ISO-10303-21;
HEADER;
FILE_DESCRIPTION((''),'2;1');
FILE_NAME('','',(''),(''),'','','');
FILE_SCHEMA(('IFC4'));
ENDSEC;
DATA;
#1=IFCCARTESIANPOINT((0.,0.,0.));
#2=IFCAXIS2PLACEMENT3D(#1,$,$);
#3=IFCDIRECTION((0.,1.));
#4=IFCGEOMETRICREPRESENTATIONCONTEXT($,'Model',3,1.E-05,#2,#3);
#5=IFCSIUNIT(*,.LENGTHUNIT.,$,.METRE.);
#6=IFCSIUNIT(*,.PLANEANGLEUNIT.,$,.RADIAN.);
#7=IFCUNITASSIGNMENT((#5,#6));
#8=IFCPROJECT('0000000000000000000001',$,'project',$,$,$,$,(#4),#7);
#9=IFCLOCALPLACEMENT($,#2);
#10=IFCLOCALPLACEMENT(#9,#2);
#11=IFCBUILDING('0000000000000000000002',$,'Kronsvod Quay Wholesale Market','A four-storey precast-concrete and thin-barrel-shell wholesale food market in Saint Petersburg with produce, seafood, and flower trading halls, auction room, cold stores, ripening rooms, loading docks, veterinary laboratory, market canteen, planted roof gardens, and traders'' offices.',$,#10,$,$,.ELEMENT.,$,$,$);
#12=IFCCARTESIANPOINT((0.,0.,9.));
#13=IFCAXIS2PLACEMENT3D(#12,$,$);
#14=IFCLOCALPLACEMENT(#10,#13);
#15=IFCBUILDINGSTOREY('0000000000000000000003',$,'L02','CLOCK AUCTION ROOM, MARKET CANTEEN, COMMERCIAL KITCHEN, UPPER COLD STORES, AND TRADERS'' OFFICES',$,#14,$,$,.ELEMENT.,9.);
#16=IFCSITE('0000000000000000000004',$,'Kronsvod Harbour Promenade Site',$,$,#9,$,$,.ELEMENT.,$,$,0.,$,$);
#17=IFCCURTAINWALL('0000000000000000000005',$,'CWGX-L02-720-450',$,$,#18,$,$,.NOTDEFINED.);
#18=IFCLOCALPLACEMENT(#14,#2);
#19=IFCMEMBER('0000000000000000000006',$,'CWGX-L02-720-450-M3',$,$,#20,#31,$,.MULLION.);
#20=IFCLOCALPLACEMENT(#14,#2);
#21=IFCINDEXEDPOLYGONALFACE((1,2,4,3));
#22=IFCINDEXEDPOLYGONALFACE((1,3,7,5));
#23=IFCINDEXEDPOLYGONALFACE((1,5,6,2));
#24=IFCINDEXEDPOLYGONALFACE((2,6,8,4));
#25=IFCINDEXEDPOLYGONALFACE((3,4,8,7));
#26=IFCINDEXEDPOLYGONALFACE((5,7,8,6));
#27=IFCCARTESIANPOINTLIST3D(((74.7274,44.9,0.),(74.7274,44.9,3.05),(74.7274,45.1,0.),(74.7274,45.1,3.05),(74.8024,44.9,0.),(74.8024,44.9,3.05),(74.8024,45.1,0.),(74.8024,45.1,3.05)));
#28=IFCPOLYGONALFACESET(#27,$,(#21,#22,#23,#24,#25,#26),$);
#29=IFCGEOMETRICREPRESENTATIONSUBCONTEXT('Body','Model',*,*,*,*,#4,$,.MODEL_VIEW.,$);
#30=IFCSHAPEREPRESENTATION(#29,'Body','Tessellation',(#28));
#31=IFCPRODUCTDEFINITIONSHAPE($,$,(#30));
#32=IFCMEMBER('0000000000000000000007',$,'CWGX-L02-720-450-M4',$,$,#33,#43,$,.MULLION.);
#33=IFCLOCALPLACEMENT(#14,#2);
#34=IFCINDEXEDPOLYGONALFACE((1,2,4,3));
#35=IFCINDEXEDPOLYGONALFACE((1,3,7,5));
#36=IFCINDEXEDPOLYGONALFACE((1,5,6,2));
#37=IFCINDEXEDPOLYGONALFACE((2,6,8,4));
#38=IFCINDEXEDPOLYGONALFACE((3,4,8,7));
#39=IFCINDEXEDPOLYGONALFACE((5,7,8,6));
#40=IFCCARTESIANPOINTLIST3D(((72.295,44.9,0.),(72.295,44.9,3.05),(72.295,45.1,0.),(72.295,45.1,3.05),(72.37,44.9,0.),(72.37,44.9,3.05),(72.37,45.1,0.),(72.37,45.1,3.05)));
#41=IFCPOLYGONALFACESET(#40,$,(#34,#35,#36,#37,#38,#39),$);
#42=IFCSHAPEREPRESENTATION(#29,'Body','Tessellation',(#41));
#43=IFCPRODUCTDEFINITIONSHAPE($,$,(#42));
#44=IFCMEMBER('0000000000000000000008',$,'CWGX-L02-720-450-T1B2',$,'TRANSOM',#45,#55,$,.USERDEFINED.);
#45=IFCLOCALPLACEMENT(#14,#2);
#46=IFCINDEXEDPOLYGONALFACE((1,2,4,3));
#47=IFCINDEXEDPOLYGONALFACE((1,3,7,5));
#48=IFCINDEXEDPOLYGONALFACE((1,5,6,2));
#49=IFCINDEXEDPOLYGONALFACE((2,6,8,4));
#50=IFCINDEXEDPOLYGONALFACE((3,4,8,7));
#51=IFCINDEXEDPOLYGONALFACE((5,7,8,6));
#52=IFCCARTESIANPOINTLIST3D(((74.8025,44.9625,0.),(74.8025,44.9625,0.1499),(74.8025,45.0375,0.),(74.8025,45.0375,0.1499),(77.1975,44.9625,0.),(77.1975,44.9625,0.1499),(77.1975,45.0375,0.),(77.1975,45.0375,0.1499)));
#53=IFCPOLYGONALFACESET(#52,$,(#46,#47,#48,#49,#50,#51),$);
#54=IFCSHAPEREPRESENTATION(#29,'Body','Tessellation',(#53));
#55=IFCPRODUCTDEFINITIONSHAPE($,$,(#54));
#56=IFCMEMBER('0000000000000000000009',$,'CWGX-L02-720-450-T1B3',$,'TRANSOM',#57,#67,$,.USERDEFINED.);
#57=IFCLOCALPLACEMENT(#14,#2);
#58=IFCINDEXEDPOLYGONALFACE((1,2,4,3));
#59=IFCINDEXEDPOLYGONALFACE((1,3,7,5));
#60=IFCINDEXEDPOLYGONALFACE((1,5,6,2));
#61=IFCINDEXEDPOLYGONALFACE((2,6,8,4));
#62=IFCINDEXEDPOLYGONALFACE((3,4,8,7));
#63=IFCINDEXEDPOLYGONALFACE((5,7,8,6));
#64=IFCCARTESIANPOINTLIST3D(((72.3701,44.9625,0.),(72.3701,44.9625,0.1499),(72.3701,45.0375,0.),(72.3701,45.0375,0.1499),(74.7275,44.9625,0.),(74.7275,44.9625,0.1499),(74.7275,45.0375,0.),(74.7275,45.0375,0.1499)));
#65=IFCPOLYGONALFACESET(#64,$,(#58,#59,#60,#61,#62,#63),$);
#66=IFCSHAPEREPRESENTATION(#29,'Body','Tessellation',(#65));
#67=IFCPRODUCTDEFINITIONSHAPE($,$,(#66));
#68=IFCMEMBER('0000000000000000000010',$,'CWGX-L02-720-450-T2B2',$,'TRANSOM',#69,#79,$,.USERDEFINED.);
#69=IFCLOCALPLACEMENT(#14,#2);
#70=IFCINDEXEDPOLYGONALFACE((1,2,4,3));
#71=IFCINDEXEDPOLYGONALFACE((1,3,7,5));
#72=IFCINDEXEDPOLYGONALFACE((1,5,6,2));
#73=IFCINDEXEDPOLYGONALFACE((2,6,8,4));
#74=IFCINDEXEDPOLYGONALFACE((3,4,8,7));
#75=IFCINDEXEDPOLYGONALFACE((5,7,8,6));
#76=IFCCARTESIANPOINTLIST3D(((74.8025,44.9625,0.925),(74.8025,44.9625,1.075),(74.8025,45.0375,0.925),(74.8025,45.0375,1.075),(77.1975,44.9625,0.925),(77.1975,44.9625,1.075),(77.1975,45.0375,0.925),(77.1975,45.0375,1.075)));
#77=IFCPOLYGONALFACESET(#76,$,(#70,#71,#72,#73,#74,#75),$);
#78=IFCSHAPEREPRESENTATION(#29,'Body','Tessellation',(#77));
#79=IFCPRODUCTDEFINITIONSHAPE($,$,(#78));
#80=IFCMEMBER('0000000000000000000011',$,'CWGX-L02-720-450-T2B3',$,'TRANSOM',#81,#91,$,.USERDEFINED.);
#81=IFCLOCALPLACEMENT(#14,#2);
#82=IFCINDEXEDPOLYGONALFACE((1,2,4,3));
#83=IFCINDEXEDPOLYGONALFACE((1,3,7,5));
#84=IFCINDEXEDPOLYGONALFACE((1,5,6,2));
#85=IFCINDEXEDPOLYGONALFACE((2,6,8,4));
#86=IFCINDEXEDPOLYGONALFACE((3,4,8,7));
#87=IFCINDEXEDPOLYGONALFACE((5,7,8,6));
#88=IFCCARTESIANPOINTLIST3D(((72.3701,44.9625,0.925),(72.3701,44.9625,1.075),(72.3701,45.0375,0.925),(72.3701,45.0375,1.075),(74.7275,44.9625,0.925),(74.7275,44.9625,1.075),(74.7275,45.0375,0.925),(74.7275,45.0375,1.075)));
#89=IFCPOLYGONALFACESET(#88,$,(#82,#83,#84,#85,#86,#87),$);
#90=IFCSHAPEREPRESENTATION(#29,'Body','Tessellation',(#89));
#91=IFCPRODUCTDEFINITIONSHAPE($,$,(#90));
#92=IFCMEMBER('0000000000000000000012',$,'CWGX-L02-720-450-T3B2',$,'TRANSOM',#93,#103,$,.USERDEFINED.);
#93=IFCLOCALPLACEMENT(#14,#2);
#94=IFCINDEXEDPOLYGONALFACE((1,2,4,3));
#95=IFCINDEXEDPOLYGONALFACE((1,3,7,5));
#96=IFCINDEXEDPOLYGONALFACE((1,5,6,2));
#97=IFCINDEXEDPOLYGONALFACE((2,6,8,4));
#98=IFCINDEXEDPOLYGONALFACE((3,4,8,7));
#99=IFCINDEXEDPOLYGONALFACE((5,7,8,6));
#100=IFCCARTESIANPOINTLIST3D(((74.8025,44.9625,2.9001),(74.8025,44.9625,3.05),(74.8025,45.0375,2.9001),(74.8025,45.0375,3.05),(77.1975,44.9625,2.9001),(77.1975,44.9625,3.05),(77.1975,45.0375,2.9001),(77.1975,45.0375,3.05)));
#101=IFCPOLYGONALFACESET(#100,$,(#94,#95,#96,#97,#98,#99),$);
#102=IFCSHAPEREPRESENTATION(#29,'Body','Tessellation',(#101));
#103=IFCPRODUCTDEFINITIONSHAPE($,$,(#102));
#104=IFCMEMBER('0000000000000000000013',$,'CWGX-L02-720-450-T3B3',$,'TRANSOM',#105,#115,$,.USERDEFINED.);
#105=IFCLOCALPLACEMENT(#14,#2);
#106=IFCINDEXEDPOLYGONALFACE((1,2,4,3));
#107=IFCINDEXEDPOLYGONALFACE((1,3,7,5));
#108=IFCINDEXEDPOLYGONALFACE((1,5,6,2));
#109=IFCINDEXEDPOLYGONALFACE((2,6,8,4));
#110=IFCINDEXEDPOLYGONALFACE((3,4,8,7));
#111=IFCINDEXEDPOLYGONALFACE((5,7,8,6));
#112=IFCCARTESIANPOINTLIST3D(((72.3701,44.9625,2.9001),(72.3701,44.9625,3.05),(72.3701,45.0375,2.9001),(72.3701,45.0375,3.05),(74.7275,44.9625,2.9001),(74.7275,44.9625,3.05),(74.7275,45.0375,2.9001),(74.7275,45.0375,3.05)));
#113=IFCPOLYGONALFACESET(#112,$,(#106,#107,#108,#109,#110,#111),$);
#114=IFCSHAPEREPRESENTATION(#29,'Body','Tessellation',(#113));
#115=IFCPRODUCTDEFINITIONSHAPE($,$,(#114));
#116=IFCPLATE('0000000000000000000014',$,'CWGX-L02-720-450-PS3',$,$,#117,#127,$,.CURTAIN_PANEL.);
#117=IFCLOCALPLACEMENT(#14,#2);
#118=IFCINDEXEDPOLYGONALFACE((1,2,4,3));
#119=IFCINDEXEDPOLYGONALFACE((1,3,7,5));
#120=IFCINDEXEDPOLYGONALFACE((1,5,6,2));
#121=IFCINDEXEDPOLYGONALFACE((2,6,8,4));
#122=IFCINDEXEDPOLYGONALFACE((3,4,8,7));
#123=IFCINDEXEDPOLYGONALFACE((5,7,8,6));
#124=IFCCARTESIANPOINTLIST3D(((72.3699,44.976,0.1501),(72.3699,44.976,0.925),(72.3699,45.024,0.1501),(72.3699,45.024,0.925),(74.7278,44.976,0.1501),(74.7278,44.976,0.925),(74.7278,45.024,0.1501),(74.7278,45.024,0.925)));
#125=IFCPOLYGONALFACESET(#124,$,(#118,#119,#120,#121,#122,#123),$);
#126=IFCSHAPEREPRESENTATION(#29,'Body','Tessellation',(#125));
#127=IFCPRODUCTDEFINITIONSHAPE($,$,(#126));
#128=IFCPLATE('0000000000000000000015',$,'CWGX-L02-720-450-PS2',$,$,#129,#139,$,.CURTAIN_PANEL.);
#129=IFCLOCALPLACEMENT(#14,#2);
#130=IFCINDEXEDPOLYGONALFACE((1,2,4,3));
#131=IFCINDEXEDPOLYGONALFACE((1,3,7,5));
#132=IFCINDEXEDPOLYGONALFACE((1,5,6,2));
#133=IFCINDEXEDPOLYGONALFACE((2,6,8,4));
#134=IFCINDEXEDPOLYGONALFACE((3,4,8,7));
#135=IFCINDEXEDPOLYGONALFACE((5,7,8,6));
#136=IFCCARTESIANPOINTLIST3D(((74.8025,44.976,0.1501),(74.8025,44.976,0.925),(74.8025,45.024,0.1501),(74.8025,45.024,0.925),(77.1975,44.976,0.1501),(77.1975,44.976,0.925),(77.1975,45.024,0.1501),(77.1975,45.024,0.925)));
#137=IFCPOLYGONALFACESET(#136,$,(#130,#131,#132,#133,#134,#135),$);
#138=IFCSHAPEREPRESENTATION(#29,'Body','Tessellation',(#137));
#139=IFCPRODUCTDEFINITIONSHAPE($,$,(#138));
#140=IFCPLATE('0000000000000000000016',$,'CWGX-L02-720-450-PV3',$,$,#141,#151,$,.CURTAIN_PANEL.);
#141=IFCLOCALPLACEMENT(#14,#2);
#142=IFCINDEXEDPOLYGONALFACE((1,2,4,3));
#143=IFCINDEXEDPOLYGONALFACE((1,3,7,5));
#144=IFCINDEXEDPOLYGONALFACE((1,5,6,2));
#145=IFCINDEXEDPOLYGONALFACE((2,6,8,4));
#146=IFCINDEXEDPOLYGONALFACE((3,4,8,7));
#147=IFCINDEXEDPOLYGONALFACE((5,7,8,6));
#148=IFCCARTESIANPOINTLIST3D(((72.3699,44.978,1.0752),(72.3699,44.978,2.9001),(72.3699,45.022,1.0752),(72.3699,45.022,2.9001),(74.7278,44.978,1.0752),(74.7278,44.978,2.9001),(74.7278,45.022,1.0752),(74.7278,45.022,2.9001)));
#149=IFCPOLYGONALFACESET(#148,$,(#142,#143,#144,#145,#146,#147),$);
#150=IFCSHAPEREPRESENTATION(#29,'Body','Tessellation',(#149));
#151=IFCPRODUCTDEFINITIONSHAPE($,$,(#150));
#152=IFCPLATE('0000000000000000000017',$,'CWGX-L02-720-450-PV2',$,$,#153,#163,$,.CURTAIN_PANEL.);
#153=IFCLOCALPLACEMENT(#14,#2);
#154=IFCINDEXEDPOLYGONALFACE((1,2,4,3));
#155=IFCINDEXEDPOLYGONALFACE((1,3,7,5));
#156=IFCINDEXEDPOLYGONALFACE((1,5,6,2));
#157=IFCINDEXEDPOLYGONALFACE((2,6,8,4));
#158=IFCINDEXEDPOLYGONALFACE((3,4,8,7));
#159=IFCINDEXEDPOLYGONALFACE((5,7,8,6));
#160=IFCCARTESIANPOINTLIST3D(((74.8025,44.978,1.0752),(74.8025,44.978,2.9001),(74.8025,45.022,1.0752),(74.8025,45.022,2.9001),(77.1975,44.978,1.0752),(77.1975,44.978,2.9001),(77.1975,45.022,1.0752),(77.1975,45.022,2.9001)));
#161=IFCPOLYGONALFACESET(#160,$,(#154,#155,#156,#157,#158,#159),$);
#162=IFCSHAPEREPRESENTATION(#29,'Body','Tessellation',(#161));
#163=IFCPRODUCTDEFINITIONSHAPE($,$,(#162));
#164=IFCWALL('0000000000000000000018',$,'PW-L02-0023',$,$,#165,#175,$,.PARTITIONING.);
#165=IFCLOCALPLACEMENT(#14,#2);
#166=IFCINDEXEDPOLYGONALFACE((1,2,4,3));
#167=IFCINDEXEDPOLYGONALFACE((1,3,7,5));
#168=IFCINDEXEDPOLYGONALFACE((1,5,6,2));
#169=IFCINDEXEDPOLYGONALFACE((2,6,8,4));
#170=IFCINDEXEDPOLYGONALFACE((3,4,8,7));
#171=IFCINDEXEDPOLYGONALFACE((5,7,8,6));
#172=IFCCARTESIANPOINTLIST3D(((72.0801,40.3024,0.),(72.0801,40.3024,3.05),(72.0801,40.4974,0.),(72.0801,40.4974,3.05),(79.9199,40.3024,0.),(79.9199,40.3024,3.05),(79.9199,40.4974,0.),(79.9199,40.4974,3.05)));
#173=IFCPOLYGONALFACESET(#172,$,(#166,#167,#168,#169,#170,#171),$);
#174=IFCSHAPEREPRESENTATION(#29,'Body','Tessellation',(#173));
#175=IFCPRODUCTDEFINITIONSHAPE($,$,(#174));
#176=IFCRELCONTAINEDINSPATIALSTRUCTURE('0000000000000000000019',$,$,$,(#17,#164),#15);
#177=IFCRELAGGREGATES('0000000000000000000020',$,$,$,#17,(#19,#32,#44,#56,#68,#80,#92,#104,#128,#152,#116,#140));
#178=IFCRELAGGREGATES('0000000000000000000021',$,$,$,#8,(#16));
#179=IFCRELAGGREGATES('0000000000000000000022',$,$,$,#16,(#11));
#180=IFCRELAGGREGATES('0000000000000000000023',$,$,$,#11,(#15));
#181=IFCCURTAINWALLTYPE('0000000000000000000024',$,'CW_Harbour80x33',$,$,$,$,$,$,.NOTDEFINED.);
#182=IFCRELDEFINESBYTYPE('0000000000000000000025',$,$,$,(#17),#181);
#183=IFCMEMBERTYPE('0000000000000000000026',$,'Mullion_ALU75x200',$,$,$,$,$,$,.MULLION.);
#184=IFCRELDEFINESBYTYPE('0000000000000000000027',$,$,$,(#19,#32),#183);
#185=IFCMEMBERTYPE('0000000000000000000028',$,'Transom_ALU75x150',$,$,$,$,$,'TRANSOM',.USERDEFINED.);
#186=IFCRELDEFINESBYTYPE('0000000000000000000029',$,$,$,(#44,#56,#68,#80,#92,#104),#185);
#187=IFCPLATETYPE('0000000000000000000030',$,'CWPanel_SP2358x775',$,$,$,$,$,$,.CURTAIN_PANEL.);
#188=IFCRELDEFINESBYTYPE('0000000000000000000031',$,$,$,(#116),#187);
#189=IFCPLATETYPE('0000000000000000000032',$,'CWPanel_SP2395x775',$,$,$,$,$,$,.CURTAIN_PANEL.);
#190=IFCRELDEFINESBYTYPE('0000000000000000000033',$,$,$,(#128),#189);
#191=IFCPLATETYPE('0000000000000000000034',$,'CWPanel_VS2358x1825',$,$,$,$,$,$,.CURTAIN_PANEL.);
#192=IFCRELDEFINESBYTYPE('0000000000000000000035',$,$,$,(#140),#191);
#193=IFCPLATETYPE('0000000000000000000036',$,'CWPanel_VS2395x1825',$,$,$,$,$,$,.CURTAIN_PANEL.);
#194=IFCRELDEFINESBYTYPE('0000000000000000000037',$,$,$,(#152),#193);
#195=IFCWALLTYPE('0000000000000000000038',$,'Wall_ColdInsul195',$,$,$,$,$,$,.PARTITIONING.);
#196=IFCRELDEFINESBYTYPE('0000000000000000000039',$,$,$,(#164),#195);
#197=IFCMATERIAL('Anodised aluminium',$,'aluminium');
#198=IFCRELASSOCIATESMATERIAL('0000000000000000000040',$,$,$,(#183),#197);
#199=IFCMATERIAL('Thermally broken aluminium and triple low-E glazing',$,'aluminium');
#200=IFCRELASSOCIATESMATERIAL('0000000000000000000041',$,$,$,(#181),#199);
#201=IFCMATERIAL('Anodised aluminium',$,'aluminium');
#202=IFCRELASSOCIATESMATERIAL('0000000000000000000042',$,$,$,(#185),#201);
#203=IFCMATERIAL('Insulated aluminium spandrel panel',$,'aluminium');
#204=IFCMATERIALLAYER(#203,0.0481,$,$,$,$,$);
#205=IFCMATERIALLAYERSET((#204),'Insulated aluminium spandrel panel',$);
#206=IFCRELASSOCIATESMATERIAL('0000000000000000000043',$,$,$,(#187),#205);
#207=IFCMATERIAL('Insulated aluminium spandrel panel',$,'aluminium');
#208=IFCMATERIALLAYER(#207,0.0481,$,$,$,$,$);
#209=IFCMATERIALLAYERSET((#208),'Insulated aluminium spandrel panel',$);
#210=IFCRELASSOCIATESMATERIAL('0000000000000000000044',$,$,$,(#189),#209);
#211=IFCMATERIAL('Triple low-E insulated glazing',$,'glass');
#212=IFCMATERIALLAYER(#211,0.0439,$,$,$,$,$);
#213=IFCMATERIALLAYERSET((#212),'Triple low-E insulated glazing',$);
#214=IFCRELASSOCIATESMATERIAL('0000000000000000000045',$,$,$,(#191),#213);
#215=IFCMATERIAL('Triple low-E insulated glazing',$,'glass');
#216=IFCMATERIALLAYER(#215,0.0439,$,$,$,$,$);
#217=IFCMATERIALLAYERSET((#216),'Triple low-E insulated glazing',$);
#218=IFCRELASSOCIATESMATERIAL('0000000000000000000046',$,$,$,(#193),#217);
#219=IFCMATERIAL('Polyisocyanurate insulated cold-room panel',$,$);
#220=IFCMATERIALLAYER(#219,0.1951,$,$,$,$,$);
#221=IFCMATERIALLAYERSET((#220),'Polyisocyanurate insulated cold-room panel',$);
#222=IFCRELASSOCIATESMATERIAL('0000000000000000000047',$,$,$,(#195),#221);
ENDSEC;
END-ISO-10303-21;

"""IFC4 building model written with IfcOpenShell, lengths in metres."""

from ifc_helpers import new_model, si_unit, direction, frame, frame_2d, origin, origin_2d, place, context, subcontext, project, spatial, rectangle, extrude, material, layer, layer_set, material_profile, profile_set, type_object, element, aggregate, save


model = new_model("IFC4")

# Units and contexts
model_context = context("Model", 3, precision=1e-05, world=origin(), true_north=direction((0.0, 1.0)))
body_context = subcontext(model_context, "Body", "Model", "MODEL_VIEW")
ifc_project = project(units=[si_unit("LENGTHUNIT", "METRE"), si_unit("PLANEANGLEUNIT", "RADIAN")], contexts=[model_context])

# Site, building, storey
site_placement = place(None, origin())
site = spatial("IfcSite", under=ifc_project, at=site_placement, Name="Kronsvod Harbour Promenade Site", CompositionType="ELEMENT", RefElevation=0.0)
building_placement = place(site_placement, origin())
building = spatial("IfcBuilding", under=site, at=building_placement, Name="Kronsvod Quay Wholesale Market", Description="A four-storey precast-concrete and thin-barrel-shell wholesale food market in Saint Petersburg with produce, seafood, and flower trading halls, auction room, cold stores, ripening rooms, loading docks, veterinary laboratory, market canteen, planted roof gardens, and traders' offices.", CompositionType="ELEMENT")
storey_placement = place(building_placement, frame((0.0, 0.0, 9.0)))
storey = spatial("IfcBuildingStorey", under=building, at=storey_placement, Name="L02", Description="CLOCK AUCTION ROOM, MARKET CANTEEN, COMMERCIAL KITCHEN, UPPER COLD STORES, AND TRADERS' OFFICES", CompositionType="ELEMENT", Elevation=9.0)

# Shared definitions
ifc_material_1 = material(Name="Anodised aluminium", Category="aluminium")
ifc_material_profile_1 = material_profile(ifc_material_1, rectangle(XDim=0.075, YDim=0.2, at=origin_2d()), Name="ALUM75x200")
ifc_profile_set_1 = profile_set([ifc_material_profile_1], Name="Anodised aluminium")
member_type_1 = type_object("IfcMemberType", Name="Mullion_ALU75x200", PredefinedType="MULLION", material=ifc_profile_set_1)

# Curtain wall, members, plates
ifc_material_2 = material(Name="Thermally broken aluminium and triple low-E glazing", Category="aluminium")
curtain_wall_type_1 = type_object("IfcCurtainWallType", Name="CW_Harbour80x33", PredefinedType="NOTDEFINED", material=ifc_material_2)
curtain_wall_1_placement = place(storey_placement, origin())
curtain_wall_1 = element("IfcCurtainWall", 1, at=curtain_wall_1_placement, inside=storey, type_object=curtain_wall_type_1, Name="CWGX-L02-720-450", PredefinedType="NOTDEFINED")
member_1_placement = place(storey_placement, frame((74.7649, 45.0, 0.0), z_axis=(0.0, 0.0, 1.0), x_axis=(1.0, 0.0, 0.0)))
member_1 = element("IfcMember", 2, at=member_1_placement, type_object=member_type_1, Name="CWGX-L02-720-450-M3", PredefinedType="MULLION", context=body_context, shape_type="SweptSolid", body=[
    extrude(rectangle(XDim=0.075, YDim=0.2, at=origin_2d()), origin(), (0.0, 0.0, 1.0), 3.05),
])
member_2_placement = place(storey_placement, frame((72.3325, 45.0, 0.0), z_axis=(0.0, 0.0, 1.0), x_axis=(1.0, 0.0, 0.0)))
member_2 = element("IfcMember", 3, at=member_2_placement, type_object=member_type_1, Name="CWGX-L02-720-450-M4", PredefinedType="MULLION", context=body_context, shape_type="SweptSolid", body=[
    extrude(rectangle(XDim=0.075, YDim=0.2, at=origin_2d()), origin(), (0.0, 0.0, 1.0), 3.05),
])
ifc_material_3 = material(Name="Anodised aluminium", Category="aluminium")
ifc_material_profile_2 = material_profile(ifc_material_3, rectangle(XDim=0.075, YDim=0.1499, at=origin_2d()), Name="ALUT75x150")
ifc_profile_set_2 = profile_set([ifc_material_profile_2], Name="Anodised aluminium")
member_type_2 = type_object("IfcMemberType", Name="Transom_ALU75x150", ElementType="TRANSOM", PredefinedType="USERDEFINED", material=ifc_profile_set_2)
member_3_placement = place(storey_placement, frame((77.1975, 45.0, 0.075), z_axis=(-1.0, 0.0, 0.0), x_axis=(0.0, -1.0, 0.0)))
member_3 = element("IfcMember", 4, at=member_3_placement, type_object=member_type_2, Name="CWGX-L02-720-450-T1B2", ObjectType="TRANSOM", PredefinedType="USERDEFINED", context=body_context, shape_type="SweptSolid", body=[
    extrude(rectangle(XDim=0.075, YDim=0.1499, at=origin_2d()), origin(), (0.0, 0.0, 1.0), 2.395),
])
member_4_placement = place(storey_placement, frame((74.7275, 45.0, 0.075), z_axis=(-1.0, 0.0, 0.0), x_axis=(0.0, -1.0, 0.0)))
member_4 = element("IfcMember", 5, at=member_4_placement, type_object=member_type_2, Name="CWGX-L02-720-450-T1B3", ObjectType="TRANSOM", PredefinedType="USERDEFINED", context=body_context, shape_type="SweptSolid", body=[
    extrude(rectangle(XDim=0.075, YDim=0.1499, at=origin_2d()), origin(), (0.0, 0.0, 1.0), 2.3574),
])
member_5_placement = place(storey_placement, frame((77.1975, 45.0, 1.0), z_axis=(-1.0, 0.0, 0.0), x_axis=(0.0, -1.0, 0.0)))
member_5 = element("IfcMember", 6, at=member_5_placement, type_object=member_type_2, Name="CWGX-L02-720-450-T2B2", ObjectType="TRANSOM", PredefinedType="USERDEFINED", context=body_context, shape_type="SweptSolid", body=[
    extrude(rectangle(XDim=0.075, YDim=0.1499, at=origin_2d()), origin(), (0.0, 0.0, 1.0), 2.395),
])
member_6_placement = place(storey_placement, frame((74.7275, 45.0, 1.0), z_axis=(-1.0, 0.0, 0.0), x_axis=(0.0, -1.0, 0.0)))
member_6 = element("IfcMember", 7, at=member_6_placement, type_object=member_type_2, Name="CWGX-L02-720-450-T2B3", ObjectType="TRANSOM", PredefinedType="USERDEFINED", context=body_context, shape_type="SweptSolid", body=[
    extrude(rectangle(XDim=0.075, YDim=0.1499, at=origin_2d()), origin(), (0.0, 0.0, 1.0), 2.3574),
])
member_7_placement = place(storey_placement, frame((77.1975, 45.0, 2.9751), z_axis=(-1.0, 0.0, 0.0), x_axis=(0.0, -1.0, 0.0)))
member_7 = element("IfcMember", 8, at=member_7_placement, type_object=member_type_2, Name="CWGX-L02-720-450-T3B2", ObjectType="TRANSOM", PredefinedType="USERDEFINED", context=body_context, shape_type="SweptSolid", body=[
    extrude(rectangle(XDim=0.075, YDim=0.1499, at=origin_2d()), origin(), (0.0, 0.0, 1.0), 2.395),
])
member_8_placement = place(storey_placement, frame((74.7275, 45.0, 2.9751), z_axis=(-1.0, 0.0, 0.0), x_axis=(0.0, -1.0, 0.0)))
member_8 = element("IfcMember", 9, at=member_8_placement, type_object=member_type_2, Name="CWGX-L02-720-450-T3B3", ObjectType="TRANSOM", PredefinedType="USERDEFINED", context=body_context, shape_type="SweptSolid", body=[
    extrude(rectangle(XDim=0.075, YDim=0.1499, at=origin_2d()), origin(), (0.0, 0.0, 1.0), 2.3574),
])
ifc_material_4 = material(Name="Insulated aluminium spandrel panel", Category="aluminium")
ifc_layer_1 = layer(ifc_material_4, 0.0481)
ifc_layer_set_1 = layer_set([ifc_layer_1], Name="Insulated aluminium spandrel panel")
plate_type_1 = type_object("IfcPlateType", Name="CWPanel_SP2358x775", PredefinedType="CURTAIN_PANEL", material=ifc_layer_set_1)
plate_1_placement = place(storey_placement, frame((73.5488, 45.0, 0.1501), z_axis=(0.0, 0.0, 1.0), x_axis=(-1.0, 0.0, 0.0)))
plate_1 = element("IfcPlate", 10, at=plate_1_placement, type_object=plate_type_1, Name="CWGX-L02-720-450-PS3", PredefinedType="CURTAIN_PANEL", context=body_context, shape_type="SweptSolid", body=[
    extrude(rectangle(XDim=2.3579, YDim=0.0481, at=origin_2d()), origin(), (0.0, 0.0, 1.0), 0.7749),
])
ifc_material_5 = material(Name="Insulated aluminium spandrel panel", Category="aluminium")
ifc_layer_2 = layer(ifc_material_5, 0.0481)
ifc_layer_set_2 = layer_set([ifc_layer_2], Name="Insulated aluminium spandrel panel")
plate_type_2 = type_object("IfcPlateType", Name="CWPanel_SP2395x775", PredefinedType="CURTAIN_PANEL", material=ifc_layer_set_2)
plate_2_placement = place(storey_placement, frame((76.0, 45.0, 0.1501), z_axis=(0.0, 0.0, 1.0), x_axis=(-1.0, 0.0, 0.0)))
plate_2 = element("IfcPlate", 11, at=plate_2_placement, type_object=plate_type_2, Name="CWGX-L02-720-450-PS2", PredefinedType="CURTAIN_PANEL", context=body_context, shape_type="SweptSolid", body=[
    extrude(rectangle(XDim=2.395, YDim=0.0481, at=origin_2d()), origin(), (0.0, 0.0, 1.0), 0.7749),
])
ifc_material_6 = material(Name="Triple low-E insulated glazing", Category="glass")
ifc_layer_3 = layer(ifc_material_6, 0.0439)
ifc_layer_set_3 = layer_set([ifc_layer_3], Name="Triple low-E insulated glazing")
plate_type_3 = type_object("IfcPlateType", Name="CWPanel_VS2358x1825", PredefinedType="CURTAIN_PANEL", material=ifc_layer_set_3)
plate_3_placement = place(storey_placement, frame((73.5488, 45.0, 1.0752), z_axis=(0.0, 0.0, 1.0), x_axis=(-1.0, 0.0, 0.0)))
plate_3 = element("IfcPlate", 12, at=plate_3_placement, type_object=plate_type_3, Name="CWGX-L02-720-450-PV3", PredefinedType="CURTAIN_PANEL", context=body_context, shape_type="SweptSolid", body=[
    extrude(rectangle(XDim=2.3579, YDim=0.0439, at=origin_2d()), origin(), (0.0, 0.0, 1.0), 1.825),
])
ifc_material_7 = material(Name="Triple low-E insulated glazing", Category="glass")
ifc_layer_4 = layer(ifc_material_7, 0.0439)
ifc_layer_set_4 = layer_set([ifc_layer_4], Name="Triple low-E insulated glazing")
plate_type_4 = type_object("IfcPlateType", Name="CWPanel_VS2395x1825", PredefinedType="CURTAIN_PANEL", material=ifc_layer_set_4)
plate_4_placement = place(storey_placement, frame((76.0, 45.0, 1.0752), z_axis=(0.0, 0.0, 1.0), x_axis=(-1.0, 0.0, 0.0)))
plate_4 = element("IfcPlate", 13, at=plate_4_placement, type_object=plate_type_4, Name="CWGX-L02-720-450-PV2", PredefinedType="CURTAIN_PANEL", context=body_context, shape_type="SweptSolid", body=[
    extrude(rectangle(XDim=2.395, YDim=0.0439, at=origin_2d()), origin(), (0.0, 0.0, 1.0), 1.825),
])
aggregate(curtain_wall_1, [member_1, member_2, member_3, member_4, member_5, member_6, member_7, member_8, plate_2, plate_4, plate_1, plate_3])

# Wall
ifc_material_8 = material(Name="Polyisocyanurate insulated cold-room panel")
ifc_layer_5 = layer(ifc_material_8, 0.1951)
ifc_layer_set_5 = layer_set([ifc_layer_5], Name="Polyisocyanurate insulated cold-room panel")
wall_type_1 = type_object("IfcWallType", Name="Wall_ColdInsul195", PredefinedType="PARTITIONING", material=ifc_layer_set_5)
wall_1_placement = place(storey_placement, frame((72.0801, 40.3999, 0.0), z_axis=(0.0, 0.0, 1.0), x_axis=(1.0, 0.0, 0.0)))
element("IfcWall", 14, at=wall_1_placement, inside=storey, type_object=wall_type_1, Name="PW-L02-0023", PredefinedType="PARTITIONING", context=body_context, shape_type="SweptSolid", body=[
    extrude(rectangle(XDim=7.8398, YDim=0.1951, at=frame_2d((3.9199, 0.0))), origin(), (0.0, 0.0, 1.0), 3.05),
])

save(model, "model.ifc")
